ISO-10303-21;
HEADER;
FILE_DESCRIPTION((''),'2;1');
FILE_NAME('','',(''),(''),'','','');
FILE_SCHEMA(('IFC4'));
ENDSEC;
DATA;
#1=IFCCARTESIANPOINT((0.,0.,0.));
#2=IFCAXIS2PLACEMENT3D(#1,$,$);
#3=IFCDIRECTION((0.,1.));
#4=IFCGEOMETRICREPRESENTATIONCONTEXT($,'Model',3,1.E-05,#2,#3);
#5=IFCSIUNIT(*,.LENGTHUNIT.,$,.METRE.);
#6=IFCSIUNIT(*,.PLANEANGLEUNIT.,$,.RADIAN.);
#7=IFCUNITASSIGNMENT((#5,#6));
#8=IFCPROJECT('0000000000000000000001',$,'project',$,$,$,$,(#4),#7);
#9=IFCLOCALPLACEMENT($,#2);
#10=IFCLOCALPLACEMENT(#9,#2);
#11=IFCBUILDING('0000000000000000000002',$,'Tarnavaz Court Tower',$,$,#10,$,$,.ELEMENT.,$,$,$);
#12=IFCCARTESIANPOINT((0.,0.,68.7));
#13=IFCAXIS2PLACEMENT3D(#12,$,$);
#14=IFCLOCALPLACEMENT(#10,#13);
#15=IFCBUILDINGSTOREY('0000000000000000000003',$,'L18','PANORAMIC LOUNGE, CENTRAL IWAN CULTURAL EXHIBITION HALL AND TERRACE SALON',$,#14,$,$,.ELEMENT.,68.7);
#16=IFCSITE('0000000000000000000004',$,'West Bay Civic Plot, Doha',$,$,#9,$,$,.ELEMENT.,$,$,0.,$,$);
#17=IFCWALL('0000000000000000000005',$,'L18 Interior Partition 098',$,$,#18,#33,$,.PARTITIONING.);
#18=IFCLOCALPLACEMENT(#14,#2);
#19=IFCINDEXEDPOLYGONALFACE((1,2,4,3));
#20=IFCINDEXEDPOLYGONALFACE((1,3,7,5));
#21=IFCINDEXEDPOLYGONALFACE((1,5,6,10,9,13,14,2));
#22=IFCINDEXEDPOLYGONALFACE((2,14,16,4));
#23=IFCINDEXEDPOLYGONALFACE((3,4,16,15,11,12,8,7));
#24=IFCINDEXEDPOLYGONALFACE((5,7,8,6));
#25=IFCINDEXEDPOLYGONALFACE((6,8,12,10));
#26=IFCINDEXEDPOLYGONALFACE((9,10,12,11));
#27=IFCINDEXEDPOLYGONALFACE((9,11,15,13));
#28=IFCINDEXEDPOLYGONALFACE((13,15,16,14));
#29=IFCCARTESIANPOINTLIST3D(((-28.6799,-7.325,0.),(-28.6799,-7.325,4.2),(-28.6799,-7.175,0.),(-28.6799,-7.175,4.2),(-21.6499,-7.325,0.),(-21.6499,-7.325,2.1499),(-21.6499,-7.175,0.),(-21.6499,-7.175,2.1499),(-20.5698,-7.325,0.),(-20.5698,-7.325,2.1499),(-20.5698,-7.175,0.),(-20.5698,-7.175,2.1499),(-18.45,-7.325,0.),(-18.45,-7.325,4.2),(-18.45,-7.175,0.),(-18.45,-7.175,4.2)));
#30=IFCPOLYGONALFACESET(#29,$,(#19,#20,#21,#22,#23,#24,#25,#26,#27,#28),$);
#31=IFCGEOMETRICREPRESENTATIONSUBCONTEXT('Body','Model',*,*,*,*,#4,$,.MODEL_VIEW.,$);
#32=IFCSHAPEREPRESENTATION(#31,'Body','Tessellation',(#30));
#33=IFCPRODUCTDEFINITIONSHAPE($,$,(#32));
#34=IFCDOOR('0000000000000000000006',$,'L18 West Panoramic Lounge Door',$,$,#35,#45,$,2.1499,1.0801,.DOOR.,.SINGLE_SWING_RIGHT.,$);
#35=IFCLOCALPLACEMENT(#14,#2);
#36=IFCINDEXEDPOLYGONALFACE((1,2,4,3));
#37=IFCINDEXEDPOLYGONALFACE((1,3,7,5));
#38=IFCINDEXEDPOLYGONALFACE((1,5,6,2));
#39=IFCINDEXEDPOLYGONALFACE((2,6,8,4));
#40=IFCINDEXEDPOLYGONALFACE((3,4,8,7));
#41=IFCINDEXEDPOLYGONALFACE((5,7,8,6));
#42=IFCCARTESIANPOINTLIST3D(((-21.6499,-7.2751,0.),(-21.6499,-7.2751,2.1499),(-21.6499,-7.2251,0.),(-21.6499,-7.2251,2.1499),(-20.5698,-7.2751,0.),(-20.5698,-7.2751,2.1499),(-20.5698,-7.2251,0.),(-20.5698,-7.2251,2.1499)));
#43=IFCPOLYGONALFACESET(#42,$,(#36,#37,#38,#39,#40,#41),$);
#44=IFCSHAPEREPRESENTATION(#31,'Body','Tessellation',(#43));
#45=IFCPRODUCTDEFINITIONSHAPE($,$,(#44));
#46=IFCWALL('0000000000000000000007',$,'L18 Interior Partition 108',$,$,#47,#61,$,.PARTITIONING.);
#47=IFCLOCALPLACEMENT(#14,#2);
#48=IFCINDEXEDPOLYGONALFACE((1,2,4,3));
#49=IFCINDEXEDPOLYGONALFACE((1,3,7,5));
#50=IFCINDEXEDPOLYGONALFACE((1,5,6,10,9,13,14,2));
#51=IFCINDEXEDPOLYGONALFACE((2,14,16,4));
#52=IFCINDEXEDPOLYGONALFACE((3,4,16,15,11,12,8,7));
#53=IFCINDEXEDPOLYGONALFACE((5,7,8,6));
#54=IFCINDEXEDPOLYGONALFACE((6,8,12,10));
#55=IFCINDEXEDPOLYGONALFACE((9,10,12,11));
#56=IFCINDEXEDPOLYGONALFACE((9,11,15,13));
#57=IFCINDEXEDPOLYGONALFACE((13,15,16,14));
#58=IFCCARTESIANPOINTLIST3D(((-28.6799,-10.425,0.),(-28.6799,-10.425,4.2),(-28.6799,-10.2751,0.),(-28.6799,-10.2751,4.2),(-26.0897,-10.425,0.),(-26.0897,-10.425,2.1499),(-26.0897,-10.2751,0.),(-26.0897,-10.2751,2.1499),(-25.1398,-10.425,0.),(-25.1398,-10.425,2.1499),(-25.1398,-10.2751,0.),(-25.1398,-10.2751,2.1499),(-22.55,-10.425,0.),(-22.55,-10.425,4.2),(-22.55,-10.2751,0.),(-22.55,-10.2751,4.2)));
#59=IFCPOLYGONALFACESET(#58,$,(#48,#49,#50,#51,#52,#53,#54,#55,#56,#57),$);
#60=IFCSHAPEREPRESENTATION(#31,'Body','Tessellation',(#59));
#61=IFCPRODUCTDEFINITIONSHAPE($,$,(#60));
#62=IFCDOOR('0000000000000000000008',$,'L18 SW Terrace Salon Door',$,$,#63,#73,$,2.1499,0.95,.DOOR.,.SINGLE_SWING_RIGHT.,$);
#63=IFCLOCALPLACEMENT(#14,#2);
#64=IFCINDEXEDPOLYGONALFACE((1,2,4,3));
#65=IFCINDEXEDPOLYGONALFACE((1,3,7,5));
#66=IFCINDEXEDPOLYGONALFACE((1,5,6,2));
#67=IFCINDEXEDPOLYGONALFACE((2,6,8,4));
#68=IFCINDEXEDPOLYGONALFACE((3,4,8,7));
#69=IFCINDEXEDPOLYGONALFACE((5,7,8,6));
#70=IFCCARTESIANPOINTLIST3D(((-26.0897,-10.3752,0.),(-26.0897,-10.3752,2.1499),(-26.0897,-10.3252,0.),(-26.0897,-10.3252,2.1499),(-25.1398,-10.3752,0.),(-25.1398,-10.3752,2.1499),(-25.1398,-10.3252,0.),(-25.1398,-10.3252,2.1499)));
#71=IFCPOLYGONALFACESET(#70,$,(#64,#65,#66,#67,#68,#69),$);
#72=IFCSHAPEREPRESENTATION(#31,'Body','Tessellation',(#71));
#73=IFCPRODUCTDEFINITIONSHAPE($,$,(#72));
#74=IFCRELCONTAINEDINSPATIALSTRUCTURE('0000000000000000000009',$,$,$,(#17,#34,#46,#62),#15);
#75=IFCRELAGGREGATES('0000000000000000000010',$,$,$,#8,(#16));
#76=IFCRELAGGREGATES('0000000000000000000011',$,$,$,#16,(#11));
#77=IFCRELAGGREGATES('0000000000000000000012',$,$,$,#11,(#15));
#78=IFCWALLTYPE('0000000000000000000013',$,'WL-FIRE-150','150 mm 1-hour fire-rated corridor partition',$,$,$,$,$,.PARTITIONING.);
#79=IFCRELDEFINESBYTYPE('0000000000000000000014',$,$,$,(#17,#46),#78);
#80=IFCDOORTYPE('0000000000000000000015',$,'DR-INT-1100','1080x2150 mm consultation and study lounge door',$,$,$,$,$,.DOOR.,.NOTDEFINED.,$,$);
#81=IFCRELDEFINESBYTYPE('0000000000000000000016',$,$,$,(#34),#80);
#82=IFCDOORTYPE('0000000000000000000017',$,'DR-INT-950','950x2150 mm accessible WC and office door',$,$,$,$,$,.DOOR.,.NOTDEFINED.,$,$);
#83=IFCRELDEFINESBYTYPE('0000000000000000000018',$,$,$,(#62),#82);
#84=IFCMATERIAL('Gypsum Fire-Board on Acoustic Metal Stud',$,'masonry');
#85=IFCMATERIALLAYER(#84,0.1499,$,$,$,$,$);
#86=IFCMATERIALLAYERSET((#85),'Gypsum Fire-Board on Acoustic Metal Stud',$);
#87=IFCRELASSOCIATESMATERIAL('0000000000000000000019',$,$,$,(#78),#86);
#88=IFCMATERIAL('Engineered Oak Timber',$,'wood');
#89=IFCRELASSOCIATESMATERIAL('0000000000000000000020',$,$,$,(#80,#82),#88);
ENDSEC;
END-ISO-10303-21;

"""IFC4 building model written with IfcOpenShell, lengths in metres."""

from ifc_helpers import new_model, si_unit, direction, frame, frame_2d, origin, place, context, subcontext, project, spatial, rectangle, extrude, material, layer, layer_set, type_object, element, fill, save


model = new_model("IFC4")

# Units and contexts
model_context = context("Model", 3, precision=1e-05, world=origin(), true_north=direction((0.0, 1.0)))
body_context = subcontext(model_context, "Body", "Model", "MODEL_VIEW")
ifc_project = project(units=[si_unit("LENGTHUNIT", "METRE"), si_unit("PLANEANGLEUNIT", "RADIAN")], contexts=[model_context])

# Site, building, storey
site_placement = place(None, origin())
site = spatial("IfcSite", under=ifc_project, at=site_placement, Name="West Bay Civic Plot, Doha", CompositionType="ELEMENT", RefElevation=0.0)
building_placement = place(site_placement, origin())
building = spatial("IfcBuilding", under=site, at=building_placement, Name="Tarnavaz Court Tower", CompositionType="ELEMENT")
storey_placement = place(building_placement, frame((0.0, 0.0, 68.7)))
storey = spatial("IfcBuildingStorey", under=building, at=storey_placement, Name="L18", Description="PANORAMIC LOUNGE, CENTRAL IWAN CULTURAL EXHIBITION HALL AND TERRACE SALON", CompositionType="ELEMENT", Elevation=68.7)

# Shared definitions
ifc_material_1 = material(Name="Gypsum Fire-Board on Acoustic Metal Stud", Category="masonry")
ifc_layer_1 = layer(ifc_material_1, 0.1499)
ifc_layer_set_1 = layer_set([ifc_layer_1], Name="Gypsum Fire-Board on Acoustic Metal Stud")
wall_type_1 = type_object("IfcWallType", Name="WL-FIRE-150", Description="150 mm 1-hour fire-rated corridor partition", PredefinedType="PARTITIONING", material=ifc_layer_set_1)
ifc_material_2 = material(Name="Engineered Oak Timber", Category="wood")
door_type_1 = type_object("IfcDoorType", Name="DR-INT-1100", Description="1080x2150 mm consultation and study lounge door", OperationType="NOTDEFINED", PredefinedType="DOOR", material=ifc_material_2)

# Walls, openings, doors
wall_1_placement = place(storey_placement, frame((-28.6799, -7.25, 0.0), z_axis=(0.0, 0.0, 1.0), x_axis=(1.0, 0.0, 0.0)))
wall_1 = element("IfcWall", 1, at=wall_1_placement, inside=storey, type_object=wall_type_1, Name="L18 Interior Partition 098", PredefinedType="PARTITIONING", context=body_context, shape_type="SweptSolid", body=[
    extrude(rectangle(XDim=10.23, YDim=0.1499, at=frame_2d((5.115, 0.0))), origin(), (0.0, 0.0, 1.0), 4.2),
])
opening_1_placement = place(wall_1_placement, frame((7.03, 0.0, 0.0)))
opening_1 = element("IfcOpeningElement", 2, at=opening_1_placement, cuts=wall_1, PredefinedType="OPENING", context=body_context, shape_type="SweptSolid", body=[
    extrude(rectangle(XDim=1.0801, YDim=2.1499, at=frame_2d((0.54, 1.075))), frame((0.0, 0.085, 0.0), z_axis=(0.0, -1.0, 0.0), x_axis=(1.0, 0.0, 0.0)), (0.0, 0.0, 1.0), 0.1699),
])
door_1_placement = place(opening_1_placement, origin())
door_1 = element("IfcDoor", 3, at=door_1_placement, inside=storey, type_object=door_type_1, Name="L18 West Panoramic Lounge Door", OperationType="SINGLE_SWING_RIGHT", OverallHeight=2.1499, OverallWidth=1.0801, PredefinedType="DOOR", context=body_context, shape_type="SweptSolid", body=[
    extrude(rectangle(XDim=1.0801, YDim=2.1499, at=frame_2d((0.54, 1.075))), frame((0.0, 0.0249, 0.0), z_axis=(0.0, -1.0, 0.0), x_axis=(1.0, 0.0, 0.0)), (0.0, 0.0, 1.0), 0.05),
])
fill(opening_1, door_1)
wall_2_placement = place(storey_placement, frame((-28.6799, -10.3501, 0.0), z_axis=(0.0, 0.0, 1.0), x_axis=(1.0, 0.0, 0.0)))
wall_2 = element("IfcWall", 4, at=wall_2_placement, inside=storey, type_object=wall_type_1, Name="L18 Interior Partition 108", PredefinedType="PARTITIONING", context=body_context, shape_type="SweptSolid", body=[
    extrude(rectangle(XDim=6.1299, YDim=0.1499, at=frame_2d((3.0649, 0.0))), origin(), (0.0, 0.0, 1.0), 4.2),
])
opening_2_placement = place(wall_2_placement, frame((2.5901, 0.0, 0.0)))
opening_2 = element("IfcOpeningElement", 5, at=opening_2_placement, cuts=wall_2, PredefinedType="OPENING", context=body_context, shape_type="SweptSolid", body=[
    extrude(rectangle(XDim=0.95, YDim=2.1499, at=frame_2d((0.4751, 1.075))), frame((0.0, 0.085, 0.0), z_axis=(0.0, -1.0, 0.0), x_axis=(1.0, 0.0, 0.0)), (0.0, 0.0, 1.0), 0.1699),
])
door_type_2 = type_object("IfcDoorType", Name="DR-INT-950", Description="950x2150 mm accessible WC and office door", OperationType="NOTDEFINED", PredefinedType="DOOR", material=ifc_material_2)
door_2_placement = place(opening_2_placement, origin())
door_2 = element("IfcDoor", 6, at=door_2_placement, inside=storey, type_object=door_type_2, Name="L18 SW Terrace Salon Door", OperationType="SINGLE_SWING_RIGHT", OverallHeight=2.1499, OverallWidth=0.95, PredefinedType="DOOR", context=body_context, shape_type="SweptSolid", body=[
    extrude(rectangle(XDim=0.95, YDim=2.1499, at=frame_2d((0.4751, 1.075))), frame((0.0, 0.0249, 0.0), z_axis=(0.0, -1.0, 0.0), x_axis=(1.0, 0.0, 0.0)), (0.0, 0.0, 1.0), 0.05),
])
fill(opening_2, door_2)

save(model, "model.ifc")
